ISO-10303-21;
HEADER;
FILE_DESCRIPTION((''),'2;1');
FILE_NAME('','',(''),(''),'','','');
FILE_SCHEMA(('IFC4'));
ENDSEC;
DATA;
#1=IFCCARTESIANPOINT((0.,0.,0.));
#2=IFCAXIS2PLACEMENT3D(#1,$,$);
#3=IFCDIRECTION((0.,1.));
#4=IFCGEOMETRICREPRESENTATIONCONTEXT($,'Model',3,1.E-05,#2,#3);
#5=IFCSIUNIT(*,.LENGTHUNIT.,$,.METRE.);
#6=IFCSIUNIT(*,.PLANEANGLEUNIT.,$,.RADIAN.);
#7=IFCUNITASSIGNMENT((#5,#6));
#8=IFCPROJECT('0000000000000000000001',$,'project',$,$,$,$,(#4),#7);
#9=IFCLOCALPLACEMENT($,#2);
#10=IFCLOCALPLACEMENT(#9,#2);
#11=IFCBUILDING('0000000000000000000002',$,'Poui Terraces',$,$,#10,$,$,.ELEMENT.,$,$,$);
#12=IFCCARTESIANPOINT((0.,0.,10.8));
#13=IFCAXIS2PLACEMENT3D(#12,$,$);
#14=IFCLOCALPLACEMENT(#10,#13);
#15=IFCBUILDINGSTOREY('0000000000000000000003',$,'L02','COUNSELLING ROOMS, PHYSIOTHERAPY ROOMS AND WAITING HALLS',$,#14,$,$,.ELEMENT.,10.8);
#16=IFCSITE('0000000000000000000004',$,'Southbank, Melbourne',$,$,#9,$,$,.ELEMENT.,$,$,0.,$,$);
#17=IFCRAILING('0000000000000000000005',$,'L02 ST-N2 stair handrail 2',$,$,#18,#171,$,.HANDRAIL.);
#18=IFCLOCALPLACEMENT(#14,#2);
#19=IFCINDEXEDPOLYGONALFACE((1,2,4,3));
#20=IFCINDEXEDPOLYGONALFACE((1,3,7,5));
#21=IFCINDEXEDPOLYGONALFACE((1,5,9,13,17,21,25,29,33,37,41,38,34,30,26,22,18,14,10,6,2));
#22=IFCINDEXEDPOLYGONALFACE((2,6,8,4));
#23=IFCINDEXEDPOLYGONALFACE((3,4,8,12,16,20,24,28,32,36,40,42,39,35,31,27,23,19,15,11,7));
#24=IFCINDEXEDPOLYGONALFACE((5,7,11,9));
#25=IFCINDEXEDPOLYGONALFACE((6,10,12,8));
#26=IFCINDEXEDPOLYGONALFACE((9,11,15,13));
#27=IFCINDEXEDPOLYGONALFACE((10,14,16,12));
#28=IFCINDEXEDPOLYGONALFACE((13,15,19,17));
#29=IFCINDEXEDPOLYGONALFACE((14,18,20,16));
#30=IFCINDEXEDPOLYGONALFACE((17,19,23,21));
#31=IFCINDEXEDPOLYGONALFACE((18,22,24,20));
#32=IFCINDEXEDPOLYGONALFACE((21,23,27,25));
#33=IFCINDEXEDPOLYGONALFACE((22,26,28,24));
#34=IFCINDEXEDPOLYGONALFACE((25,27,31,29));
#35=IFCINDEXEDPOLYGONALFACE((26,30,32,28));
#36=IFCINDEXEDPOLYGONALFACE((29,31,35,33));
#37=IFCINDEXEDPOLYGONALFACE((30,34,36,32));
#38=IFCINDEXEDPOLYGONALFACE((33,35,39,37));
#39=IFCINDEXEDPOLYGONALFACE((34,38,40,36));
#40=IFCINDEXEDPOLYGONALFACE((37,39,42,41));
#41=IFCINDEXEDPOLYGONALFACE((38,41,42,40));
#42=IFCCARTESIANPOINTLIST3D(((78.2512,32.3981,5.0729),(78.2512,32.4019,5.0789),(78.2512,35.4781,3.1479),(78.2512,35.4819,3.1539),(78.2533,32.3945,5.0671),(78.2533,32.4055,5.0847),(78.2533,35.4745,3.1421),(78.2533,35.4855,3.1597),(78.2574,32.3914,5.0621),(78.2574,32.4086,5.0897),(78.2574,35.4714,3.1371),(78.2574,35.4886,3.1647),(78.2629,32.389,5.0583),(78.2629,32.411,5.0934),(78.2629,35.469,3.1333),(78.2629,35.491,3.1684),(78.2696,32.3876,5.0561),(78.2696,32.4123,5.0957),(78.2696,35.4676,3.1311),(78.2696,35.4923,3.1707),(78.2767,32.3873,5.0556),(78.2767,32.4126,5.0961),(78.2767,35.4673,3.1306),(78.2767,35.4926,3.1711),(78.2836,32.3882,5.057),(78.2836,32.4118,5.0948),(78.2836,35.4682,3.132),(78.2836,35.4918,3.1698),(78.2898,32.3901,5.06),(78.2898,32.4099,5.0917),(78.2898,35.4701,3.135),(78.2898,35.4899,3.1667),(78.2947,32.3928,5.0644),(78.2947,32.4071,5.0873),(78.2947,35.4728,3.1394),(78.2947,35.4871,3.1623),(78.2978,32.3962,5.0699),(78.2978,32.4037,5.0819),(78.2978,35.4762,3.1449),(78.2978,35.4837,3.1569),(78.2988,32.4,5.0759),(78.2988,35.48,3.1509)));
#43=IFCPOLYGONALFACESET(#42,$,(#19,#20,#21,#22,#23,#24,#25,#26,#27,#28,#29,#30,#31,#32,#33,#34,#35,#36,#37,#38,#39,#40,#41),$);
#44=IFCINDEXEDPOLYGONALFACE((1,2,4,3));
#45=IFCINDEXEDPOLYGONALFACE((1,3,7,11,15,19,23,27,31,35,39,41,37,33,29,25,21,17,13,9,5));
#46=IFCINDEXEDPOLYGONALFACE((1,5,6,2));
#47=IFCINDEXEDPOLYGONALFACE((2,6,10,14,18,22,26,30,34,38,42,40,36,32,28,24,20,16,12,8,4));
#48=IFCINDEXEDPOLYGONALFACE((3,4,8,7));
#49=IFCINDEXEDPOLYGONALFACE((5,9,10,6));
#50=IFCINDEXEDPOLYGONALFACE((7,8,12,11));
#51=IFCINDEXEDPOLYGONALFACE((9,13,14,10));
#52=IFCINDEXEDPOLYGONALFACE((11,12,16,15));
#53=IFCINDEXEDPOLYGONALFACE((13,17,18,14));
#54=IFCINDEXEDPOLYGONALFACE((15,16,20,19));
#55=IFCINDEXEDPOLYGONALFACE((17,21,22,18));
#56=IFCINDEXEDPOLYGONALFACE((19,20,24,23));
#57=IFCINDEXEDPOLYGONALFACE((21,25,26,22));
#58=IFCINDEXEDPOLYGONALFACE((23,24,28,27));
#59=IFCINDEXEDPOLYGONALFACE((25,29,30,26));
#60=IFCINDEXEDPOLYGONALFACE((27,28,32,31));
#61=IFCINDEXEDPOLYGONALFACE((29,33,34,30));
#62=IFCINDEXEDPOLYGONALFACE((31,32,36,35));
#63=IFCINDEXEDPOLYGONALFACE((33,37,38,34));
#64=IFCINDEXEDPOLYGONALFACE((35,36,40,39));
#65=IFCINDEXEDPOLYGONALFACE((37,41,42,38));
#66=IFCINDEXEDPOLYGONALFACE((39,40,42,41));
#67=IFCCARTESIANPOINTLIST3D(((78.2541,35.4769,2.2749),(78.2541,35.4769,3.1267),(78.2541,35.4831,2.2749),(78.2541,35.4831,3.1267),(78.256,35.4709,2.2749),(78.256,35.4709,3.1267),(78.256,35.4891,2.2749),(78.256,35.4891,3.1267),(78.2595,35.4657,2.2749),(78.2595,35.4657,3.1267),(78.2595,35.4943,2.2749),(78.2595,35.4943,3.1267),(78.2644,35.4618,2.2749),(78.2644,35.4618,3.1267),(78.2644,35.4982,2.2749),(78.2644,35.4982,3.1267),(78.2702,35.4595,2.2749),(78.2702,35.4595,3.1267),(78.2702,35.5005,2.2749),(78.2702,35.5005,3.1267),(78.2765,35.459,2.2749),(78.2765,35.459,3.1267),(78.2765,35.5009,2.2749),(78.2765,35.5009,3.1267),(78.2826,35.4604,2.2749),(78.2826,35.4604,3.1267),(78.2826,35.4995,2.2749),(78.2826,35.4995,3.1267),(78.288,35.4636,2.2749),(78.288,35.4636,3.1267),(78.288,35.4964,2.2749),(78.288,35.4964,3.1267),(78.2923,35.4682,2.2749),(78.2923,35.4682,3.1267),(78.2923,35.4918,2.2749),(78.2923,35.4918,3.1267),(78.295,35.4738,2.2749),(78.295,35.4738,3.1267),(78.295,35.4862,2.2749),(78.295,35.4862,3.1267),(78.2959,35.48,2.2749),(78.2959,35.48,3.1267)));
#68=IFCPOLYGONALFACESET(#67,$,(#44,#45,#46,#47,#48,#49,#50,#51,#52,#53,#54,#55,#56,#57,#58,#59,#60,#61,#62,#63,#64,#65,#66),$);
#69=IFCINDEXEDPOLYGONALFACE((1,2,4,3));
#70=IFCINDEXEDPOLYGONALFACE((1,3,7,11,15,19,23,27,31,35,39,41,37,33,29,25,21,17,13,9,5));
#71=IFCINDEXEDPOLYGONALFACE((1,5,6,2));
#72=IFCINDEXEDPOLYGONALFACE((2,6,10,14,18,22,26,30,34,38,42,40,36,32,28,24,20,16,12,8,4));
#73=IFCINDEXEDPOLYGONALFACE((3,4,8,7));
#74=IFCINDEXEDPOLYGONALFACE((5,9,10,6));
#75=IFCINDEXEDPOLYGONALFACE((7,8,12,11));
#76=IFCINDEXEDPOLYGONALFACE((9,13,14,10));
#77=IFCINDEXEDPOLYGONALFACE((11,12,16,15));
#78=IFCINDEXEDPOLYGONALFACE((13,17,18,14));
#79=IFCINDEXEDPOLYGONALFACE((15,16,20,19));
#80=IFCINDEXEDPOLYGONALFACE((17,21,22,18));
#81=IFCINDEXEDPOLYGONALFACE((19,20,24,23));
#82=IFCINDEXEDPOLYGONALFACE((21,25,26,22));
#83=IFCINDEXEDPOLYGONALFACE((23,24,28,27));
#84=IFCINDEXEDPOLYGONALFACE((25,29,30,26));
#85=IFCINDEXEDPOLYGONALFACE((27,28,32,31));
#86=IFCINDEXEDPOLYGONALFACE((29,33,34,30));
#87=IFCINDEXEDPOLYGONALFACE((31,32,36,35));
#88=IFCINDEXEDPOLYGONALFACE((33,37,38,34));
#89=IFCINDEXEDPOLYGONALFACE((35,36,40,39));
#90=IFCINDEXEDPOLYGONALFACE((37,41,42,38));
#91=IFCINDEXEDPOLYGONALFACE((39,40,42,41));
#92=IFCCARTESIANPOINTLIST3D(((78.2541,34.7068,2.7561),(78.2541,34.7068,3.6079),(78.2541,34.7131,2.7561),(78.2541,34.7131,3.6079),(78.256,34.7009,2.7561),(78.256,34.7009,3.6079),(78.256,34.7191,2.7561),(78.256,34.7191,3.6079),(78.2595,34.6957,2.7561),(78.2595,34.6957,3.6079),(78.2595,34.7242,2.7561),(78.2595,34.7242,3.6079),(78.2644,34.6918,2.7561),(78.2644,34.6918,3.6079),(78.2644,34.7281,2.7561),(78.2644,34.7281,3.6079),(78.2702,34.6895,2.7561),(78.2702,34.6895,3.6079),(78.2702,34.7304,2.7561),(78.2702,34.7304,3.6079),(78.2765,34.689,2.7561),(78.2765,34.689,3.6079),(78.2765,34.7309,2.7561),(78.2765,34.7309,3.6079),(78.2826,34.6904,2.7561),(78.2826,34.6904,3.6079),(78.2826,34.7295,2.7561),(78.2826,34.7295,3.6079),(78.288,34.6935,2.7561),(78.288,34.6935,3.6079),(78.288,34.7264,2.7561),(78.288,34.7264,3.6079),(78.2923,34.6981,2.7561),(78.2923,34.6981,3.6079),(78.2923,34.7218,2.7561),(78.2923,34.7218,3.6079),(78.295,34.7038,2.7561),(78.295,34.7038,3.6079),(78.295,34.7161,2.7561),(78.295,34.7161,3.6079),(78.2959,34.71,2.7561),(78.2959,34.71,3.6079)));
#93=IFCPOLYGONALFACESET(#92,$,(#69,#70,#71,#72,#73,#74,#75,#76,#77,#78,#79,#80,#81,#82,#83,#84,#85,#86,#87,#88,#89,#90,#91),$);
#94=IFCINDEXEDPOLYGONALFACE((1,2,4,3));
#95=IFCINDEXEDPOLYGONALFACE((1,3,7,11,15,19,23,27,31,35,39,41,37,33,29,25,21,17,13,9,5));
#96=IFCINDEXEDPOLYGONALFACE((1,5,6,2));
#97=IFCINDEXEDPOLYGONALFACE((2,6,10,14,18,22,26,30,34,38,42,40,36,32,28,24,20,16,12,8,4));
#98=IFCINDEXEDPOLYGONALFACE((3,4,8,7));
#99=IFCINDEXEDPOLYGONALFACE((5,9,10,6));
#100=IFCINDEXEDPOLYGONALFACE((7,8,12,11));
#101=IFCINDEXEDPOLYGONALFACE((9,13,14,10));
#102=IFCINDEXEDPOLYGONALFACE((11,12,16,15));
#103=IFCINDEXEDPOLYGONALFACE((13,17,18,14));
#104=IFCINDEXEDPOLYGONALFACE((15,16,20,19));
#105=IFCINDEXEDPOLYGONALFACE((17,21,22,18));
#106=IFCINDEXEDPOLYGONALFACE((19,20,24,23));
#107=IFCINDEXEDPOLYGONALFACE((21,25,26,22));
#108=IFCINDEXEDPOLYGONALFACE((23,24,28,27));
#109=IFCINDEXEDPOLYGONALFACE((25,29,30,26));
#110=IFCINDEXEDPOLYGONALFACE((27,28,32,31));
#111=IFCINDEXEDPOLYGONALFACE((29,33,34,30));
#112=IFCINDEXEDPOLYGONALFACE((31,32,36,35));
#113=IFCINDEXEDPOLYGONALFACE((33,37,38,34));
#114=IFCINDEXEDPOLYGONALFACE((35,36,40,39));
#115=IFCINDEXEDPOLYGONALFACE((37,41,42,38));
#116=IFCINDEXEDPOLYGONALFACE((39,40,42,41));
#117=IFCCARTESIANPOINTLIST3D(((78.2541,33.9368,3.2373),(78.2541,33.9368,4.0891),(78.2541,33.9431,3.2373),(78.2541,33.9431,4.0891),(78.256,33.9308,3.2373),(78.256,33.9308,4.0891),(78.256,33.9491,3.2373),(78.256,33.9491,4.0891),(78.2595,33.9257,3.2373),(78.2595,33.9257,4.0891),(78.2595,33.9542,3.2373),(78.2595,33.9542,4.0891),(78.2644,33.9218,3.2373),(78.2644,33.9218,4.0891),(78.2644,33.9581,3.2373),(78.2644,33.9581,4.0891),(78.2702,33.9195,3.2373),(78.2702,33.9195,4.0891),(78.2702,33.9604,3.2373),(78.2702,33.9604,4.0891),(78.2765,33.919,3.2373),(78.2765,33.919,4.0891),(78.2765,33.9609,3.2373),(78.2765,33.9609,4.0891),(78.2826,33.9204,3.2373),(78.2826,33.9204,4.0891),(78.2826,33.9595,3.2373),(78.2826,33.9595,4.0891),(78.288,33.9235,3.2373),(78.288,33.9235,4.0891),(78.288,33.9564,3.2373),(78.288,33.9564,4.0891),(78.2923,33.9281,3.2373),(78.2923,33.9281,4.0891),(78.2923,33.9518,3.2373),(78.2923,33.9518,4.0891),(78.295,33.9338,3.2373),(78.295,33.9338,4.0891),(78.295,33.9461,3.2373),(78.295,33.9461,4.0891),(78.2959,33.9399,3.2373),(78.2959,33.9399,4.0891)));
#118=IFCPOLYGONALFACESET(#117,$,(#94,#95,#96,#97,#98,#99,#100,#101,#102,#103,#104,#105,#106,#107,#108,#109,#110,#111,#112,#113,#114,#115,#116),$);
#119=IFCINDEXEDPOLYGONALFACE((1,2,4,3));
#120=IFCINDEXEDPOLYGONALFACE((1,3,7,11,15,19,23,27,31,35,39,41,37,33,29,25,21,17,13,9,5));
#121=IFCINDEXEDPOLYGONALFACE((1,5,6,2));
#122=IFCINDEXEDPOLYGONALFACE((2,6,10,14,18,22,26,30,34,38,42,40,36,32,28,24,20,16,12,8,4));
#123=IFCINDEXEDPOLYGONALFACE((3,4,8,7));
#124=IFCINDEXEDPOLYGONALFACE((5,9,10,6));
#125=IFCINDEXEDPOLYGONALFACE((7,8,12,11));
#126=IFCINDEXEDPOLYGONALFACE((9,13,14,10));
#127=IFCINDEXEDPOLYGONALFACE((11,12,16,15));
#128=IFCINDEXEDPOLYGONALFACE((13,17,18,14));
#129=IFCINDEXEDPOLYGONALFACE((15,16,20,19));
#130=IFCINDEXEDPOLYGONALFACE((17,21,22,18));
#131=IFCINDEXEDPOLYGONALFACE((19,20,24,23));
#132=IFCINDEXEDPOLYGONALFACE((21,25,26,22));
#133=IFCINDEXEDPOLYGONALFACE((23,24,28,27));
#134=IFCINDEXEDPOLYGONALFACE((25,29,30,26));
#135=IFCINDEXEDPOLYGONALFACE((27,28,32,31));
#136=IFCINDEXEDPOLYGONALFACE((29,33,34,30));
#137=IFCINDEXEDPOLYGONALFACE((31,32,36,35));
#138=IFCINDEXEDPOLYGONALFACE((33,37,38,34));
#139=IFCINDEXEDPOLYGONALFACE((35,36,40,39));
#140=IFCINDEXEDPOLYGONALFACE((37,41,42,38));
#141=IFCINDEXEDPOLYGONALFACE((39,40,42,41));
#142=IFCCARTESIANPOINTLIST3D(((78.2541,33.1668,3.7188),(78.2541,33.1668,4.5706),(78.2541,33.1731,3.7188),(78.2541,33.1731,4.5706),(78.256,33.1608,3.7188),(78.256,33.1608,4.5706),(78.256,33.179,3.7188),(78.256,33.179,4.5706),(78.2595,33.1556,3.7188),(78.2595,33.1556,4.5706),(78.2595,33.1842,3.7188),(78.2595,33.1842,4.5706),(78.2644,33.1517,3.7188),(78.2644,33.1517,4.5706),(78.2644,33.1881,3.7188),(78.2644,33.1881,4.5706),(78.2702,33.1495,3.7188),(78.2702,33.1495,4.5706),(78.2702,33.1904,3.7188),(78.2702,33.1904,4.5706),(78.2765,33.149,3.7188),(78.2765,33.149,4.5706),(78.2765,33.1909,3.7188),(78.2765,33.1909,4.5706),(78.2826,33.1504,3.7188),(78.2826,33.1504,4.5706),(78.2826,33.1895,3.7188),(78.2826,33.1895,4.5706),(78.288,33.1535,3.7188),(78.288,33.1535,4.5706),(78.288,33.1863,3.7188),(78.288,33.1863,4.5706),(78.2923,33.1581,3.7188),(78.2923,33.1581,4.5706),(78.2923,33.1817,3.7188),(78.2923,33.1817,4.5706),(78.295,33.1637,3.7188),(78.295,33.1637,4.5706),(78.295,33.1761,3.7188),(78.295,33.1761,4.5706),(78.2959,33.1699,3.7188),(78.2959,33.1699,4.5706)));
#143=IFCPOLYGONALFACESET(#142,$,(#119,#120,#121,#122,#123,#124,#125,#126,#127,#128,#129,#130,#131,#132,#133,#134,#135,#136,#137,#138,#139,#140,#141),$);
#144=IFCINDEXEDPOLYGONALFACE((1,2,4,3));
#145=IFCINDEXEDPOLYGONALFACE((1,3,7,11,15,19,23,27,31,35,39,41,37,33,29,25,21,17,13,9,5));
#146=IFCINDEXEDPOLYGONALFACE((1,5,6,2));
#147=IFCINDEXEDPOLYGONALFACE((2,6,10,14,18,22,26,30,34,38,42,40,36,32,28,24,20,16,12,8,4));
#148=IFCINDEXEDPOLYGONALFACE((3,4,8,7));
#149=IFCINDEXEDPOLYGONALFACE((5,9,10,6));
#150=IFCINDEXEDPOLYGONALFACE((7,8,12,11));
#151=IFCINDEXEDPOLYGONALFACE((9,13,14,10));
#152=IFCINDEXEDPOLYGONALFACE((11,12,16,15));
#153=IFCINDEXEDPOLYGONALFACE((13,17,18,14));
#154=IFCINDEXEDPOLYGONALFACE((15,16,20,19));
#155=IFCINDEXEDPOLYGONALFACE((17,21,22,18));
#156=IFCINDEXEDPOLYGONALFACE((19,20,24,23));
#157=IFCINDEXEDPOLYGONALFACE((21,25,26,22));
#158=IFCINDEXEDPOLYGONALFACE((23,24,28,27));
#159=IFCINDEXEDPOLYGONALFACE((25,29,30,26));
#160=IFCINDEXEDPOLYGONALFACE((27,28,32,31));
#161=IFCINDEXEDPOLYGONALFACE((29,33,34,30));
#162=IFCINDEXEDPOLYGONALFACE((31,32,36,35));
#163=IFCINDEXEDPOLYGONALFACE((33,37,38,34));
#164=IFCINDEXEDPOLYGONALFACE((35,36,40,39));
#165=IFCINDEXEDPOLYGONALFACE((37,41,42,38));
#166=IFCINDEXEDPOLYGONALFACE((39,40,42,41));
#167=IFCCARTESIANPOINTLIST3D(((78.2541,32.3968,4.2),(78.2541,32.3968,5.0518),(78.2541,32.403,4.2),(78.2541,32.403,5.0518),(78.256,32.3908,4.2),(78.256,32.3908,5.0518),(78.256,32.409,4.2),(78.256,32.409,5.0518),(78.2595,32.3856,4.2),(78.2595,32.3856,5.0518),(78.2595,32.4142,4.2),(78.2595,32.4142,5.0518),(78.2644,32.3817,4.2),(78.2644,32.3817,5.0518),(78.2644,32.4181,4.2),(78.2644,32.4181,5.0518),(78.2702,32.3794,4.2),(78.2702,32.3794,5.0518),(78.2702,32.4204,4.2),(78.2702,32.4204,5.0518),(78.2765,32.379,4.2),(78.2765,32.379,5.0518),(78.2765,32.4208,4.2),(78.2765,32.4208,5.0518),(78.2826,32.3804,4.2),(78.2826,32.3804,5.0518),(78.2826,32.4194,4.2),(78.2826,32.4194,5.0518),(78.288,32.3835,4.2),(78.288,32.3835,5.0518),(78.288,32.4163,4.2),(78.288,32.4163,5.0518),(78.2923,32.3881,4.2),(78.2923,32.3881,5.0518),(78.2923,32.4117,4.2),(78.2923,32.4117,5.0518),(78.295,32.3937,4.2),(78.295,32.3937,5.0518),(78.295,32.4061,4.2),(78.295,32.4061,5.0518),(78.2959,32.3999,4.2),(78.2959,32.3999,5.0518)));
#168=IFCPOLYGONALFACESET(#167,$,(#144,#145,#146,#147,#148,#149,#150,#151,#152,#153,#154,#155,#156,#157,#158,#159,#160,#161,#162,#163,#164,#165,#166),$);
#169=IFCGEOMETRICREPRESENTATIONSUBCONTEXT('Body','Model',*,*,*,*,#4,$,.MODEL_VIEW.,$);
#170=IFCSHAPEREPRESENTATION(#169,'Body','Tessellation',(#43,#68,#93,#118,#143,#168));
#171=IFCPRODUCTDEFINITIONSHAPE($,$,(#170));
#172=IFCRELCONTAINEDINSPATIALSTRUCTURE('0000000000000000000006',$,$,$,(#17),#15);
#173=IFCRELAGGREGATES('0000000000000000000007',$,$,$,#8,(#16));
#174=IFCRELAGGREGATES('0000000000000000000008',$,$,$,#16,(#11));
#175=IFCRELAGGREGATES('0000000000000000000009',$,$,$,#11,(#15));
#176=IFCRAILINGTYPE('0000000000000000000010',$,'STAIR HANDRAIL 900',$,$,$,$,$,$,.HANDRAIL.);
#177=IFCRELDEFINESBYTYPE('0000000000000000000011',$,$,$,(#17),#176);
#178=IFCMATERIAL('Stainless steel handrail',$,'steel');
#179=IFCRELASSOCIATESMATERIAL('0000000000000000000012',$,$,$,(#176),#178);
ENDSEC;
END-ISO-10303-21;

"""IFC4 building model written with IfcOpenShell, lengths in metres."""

from ifc_helpers import new_model, si_unit, direction, frame, origin, origin_2d, place, context, subcontext, project, spatial, circle, extrude, material, type_object, element, save


model = new_model("IFC4")

# Units and contexts
model_context = context("Model", 3, precision=1e-05, world=origin(), true_north=direction((0.0, 1.0)))
body_context = subcontext(model_context, "Body", "Model", "MODEL_VIEW")
ifc_project = project(units=[si_unit("LENGTHUNIT", "METRE"), si_unit("PLANEANGLEUNIT", "RADIAN")], contexts=[model_context])

# Site, building, storey
site_placement = place(None, origin())
site = spatial("IfcSite", under=ifc_project, at=site_placement, Name="Southbank, Melbourne", CompositionType="ELEMENT", RefElevation=0.0)
building_placement = place(site_placement, origin())
building = spatial("IfcBuilding", under=site, at=building_placement, Name="Poui Terraces", CompositionType="ELEMENT")
storey_placement = place(building_placement, frame((0.0, 0.0, 10.8)))
storey = spatial("IfcBuildingStorey", under=building, at=storey_placement, Name="L02", Description="COUNSELLING ROOMS, PHYSIOTHERAPY ROOMS AND WAITING HALLS", CompositionType="ELEMENT", Elevation=10.8)

# Railing
ifc_material_1 = material(Name="Stainless steel handrail", Category="steel")
railing_type_1 = type_object("IfcRailingType", Name="STAIR HANDRAIL 900", PredefinedType="HANDRAIL", material=ifc_material_1)
railing_1_placement = place(storey_placement, frame((78.2749, 35.48, 2.2749)))
element("IfcRailing", 1, at=railing_1_placement, inside=storey, type_object=railing_type_1, Name="L02 ST-N2 stair handrail 2", PredefinedType="HANDRAIL", context=body_context, shape_type="SweptSolid", body=[
    extrude(circle(Radius=0.0239, at=origin_2d()), frame((0.0, 0.0, 0.876), z_axis=(0.0, -0.847998, 0.529999), x_axis=(1.0, 0.0, 0.0)), (0.0, 0.0, 1.0), 3.6321),
    extrude(circle(Radius=0.021, at=origin_2d()), origin(), (0.0, 0.0, 1.0), 0.8518),
    extrude(circle(Radius=0.021, at=origin_2d()), frame((0.0, -0.77, 0.4812)), (0.0, 0.0, 1.0), 0.8518),
    extrude(circle(Radius=0.021, at=origin_2d()), frame((0.0, -1.54, 0.9624)), (0.0, 0.0, 1.0), 0.8518),
    extrude(circle(Radius=0.021, at=origin_2d()), frame((0.0, -2.3101, 1.4438)), (0.0, 0.0, 1.0), 0.8518),
    extrude(circle(Radius=0.021, at=origin_2d()), frame((0.0, -3.0801, 1.925)), (0.0, 0.0, 1.0), 0.8518),
])

save(model, "model.ifc")
